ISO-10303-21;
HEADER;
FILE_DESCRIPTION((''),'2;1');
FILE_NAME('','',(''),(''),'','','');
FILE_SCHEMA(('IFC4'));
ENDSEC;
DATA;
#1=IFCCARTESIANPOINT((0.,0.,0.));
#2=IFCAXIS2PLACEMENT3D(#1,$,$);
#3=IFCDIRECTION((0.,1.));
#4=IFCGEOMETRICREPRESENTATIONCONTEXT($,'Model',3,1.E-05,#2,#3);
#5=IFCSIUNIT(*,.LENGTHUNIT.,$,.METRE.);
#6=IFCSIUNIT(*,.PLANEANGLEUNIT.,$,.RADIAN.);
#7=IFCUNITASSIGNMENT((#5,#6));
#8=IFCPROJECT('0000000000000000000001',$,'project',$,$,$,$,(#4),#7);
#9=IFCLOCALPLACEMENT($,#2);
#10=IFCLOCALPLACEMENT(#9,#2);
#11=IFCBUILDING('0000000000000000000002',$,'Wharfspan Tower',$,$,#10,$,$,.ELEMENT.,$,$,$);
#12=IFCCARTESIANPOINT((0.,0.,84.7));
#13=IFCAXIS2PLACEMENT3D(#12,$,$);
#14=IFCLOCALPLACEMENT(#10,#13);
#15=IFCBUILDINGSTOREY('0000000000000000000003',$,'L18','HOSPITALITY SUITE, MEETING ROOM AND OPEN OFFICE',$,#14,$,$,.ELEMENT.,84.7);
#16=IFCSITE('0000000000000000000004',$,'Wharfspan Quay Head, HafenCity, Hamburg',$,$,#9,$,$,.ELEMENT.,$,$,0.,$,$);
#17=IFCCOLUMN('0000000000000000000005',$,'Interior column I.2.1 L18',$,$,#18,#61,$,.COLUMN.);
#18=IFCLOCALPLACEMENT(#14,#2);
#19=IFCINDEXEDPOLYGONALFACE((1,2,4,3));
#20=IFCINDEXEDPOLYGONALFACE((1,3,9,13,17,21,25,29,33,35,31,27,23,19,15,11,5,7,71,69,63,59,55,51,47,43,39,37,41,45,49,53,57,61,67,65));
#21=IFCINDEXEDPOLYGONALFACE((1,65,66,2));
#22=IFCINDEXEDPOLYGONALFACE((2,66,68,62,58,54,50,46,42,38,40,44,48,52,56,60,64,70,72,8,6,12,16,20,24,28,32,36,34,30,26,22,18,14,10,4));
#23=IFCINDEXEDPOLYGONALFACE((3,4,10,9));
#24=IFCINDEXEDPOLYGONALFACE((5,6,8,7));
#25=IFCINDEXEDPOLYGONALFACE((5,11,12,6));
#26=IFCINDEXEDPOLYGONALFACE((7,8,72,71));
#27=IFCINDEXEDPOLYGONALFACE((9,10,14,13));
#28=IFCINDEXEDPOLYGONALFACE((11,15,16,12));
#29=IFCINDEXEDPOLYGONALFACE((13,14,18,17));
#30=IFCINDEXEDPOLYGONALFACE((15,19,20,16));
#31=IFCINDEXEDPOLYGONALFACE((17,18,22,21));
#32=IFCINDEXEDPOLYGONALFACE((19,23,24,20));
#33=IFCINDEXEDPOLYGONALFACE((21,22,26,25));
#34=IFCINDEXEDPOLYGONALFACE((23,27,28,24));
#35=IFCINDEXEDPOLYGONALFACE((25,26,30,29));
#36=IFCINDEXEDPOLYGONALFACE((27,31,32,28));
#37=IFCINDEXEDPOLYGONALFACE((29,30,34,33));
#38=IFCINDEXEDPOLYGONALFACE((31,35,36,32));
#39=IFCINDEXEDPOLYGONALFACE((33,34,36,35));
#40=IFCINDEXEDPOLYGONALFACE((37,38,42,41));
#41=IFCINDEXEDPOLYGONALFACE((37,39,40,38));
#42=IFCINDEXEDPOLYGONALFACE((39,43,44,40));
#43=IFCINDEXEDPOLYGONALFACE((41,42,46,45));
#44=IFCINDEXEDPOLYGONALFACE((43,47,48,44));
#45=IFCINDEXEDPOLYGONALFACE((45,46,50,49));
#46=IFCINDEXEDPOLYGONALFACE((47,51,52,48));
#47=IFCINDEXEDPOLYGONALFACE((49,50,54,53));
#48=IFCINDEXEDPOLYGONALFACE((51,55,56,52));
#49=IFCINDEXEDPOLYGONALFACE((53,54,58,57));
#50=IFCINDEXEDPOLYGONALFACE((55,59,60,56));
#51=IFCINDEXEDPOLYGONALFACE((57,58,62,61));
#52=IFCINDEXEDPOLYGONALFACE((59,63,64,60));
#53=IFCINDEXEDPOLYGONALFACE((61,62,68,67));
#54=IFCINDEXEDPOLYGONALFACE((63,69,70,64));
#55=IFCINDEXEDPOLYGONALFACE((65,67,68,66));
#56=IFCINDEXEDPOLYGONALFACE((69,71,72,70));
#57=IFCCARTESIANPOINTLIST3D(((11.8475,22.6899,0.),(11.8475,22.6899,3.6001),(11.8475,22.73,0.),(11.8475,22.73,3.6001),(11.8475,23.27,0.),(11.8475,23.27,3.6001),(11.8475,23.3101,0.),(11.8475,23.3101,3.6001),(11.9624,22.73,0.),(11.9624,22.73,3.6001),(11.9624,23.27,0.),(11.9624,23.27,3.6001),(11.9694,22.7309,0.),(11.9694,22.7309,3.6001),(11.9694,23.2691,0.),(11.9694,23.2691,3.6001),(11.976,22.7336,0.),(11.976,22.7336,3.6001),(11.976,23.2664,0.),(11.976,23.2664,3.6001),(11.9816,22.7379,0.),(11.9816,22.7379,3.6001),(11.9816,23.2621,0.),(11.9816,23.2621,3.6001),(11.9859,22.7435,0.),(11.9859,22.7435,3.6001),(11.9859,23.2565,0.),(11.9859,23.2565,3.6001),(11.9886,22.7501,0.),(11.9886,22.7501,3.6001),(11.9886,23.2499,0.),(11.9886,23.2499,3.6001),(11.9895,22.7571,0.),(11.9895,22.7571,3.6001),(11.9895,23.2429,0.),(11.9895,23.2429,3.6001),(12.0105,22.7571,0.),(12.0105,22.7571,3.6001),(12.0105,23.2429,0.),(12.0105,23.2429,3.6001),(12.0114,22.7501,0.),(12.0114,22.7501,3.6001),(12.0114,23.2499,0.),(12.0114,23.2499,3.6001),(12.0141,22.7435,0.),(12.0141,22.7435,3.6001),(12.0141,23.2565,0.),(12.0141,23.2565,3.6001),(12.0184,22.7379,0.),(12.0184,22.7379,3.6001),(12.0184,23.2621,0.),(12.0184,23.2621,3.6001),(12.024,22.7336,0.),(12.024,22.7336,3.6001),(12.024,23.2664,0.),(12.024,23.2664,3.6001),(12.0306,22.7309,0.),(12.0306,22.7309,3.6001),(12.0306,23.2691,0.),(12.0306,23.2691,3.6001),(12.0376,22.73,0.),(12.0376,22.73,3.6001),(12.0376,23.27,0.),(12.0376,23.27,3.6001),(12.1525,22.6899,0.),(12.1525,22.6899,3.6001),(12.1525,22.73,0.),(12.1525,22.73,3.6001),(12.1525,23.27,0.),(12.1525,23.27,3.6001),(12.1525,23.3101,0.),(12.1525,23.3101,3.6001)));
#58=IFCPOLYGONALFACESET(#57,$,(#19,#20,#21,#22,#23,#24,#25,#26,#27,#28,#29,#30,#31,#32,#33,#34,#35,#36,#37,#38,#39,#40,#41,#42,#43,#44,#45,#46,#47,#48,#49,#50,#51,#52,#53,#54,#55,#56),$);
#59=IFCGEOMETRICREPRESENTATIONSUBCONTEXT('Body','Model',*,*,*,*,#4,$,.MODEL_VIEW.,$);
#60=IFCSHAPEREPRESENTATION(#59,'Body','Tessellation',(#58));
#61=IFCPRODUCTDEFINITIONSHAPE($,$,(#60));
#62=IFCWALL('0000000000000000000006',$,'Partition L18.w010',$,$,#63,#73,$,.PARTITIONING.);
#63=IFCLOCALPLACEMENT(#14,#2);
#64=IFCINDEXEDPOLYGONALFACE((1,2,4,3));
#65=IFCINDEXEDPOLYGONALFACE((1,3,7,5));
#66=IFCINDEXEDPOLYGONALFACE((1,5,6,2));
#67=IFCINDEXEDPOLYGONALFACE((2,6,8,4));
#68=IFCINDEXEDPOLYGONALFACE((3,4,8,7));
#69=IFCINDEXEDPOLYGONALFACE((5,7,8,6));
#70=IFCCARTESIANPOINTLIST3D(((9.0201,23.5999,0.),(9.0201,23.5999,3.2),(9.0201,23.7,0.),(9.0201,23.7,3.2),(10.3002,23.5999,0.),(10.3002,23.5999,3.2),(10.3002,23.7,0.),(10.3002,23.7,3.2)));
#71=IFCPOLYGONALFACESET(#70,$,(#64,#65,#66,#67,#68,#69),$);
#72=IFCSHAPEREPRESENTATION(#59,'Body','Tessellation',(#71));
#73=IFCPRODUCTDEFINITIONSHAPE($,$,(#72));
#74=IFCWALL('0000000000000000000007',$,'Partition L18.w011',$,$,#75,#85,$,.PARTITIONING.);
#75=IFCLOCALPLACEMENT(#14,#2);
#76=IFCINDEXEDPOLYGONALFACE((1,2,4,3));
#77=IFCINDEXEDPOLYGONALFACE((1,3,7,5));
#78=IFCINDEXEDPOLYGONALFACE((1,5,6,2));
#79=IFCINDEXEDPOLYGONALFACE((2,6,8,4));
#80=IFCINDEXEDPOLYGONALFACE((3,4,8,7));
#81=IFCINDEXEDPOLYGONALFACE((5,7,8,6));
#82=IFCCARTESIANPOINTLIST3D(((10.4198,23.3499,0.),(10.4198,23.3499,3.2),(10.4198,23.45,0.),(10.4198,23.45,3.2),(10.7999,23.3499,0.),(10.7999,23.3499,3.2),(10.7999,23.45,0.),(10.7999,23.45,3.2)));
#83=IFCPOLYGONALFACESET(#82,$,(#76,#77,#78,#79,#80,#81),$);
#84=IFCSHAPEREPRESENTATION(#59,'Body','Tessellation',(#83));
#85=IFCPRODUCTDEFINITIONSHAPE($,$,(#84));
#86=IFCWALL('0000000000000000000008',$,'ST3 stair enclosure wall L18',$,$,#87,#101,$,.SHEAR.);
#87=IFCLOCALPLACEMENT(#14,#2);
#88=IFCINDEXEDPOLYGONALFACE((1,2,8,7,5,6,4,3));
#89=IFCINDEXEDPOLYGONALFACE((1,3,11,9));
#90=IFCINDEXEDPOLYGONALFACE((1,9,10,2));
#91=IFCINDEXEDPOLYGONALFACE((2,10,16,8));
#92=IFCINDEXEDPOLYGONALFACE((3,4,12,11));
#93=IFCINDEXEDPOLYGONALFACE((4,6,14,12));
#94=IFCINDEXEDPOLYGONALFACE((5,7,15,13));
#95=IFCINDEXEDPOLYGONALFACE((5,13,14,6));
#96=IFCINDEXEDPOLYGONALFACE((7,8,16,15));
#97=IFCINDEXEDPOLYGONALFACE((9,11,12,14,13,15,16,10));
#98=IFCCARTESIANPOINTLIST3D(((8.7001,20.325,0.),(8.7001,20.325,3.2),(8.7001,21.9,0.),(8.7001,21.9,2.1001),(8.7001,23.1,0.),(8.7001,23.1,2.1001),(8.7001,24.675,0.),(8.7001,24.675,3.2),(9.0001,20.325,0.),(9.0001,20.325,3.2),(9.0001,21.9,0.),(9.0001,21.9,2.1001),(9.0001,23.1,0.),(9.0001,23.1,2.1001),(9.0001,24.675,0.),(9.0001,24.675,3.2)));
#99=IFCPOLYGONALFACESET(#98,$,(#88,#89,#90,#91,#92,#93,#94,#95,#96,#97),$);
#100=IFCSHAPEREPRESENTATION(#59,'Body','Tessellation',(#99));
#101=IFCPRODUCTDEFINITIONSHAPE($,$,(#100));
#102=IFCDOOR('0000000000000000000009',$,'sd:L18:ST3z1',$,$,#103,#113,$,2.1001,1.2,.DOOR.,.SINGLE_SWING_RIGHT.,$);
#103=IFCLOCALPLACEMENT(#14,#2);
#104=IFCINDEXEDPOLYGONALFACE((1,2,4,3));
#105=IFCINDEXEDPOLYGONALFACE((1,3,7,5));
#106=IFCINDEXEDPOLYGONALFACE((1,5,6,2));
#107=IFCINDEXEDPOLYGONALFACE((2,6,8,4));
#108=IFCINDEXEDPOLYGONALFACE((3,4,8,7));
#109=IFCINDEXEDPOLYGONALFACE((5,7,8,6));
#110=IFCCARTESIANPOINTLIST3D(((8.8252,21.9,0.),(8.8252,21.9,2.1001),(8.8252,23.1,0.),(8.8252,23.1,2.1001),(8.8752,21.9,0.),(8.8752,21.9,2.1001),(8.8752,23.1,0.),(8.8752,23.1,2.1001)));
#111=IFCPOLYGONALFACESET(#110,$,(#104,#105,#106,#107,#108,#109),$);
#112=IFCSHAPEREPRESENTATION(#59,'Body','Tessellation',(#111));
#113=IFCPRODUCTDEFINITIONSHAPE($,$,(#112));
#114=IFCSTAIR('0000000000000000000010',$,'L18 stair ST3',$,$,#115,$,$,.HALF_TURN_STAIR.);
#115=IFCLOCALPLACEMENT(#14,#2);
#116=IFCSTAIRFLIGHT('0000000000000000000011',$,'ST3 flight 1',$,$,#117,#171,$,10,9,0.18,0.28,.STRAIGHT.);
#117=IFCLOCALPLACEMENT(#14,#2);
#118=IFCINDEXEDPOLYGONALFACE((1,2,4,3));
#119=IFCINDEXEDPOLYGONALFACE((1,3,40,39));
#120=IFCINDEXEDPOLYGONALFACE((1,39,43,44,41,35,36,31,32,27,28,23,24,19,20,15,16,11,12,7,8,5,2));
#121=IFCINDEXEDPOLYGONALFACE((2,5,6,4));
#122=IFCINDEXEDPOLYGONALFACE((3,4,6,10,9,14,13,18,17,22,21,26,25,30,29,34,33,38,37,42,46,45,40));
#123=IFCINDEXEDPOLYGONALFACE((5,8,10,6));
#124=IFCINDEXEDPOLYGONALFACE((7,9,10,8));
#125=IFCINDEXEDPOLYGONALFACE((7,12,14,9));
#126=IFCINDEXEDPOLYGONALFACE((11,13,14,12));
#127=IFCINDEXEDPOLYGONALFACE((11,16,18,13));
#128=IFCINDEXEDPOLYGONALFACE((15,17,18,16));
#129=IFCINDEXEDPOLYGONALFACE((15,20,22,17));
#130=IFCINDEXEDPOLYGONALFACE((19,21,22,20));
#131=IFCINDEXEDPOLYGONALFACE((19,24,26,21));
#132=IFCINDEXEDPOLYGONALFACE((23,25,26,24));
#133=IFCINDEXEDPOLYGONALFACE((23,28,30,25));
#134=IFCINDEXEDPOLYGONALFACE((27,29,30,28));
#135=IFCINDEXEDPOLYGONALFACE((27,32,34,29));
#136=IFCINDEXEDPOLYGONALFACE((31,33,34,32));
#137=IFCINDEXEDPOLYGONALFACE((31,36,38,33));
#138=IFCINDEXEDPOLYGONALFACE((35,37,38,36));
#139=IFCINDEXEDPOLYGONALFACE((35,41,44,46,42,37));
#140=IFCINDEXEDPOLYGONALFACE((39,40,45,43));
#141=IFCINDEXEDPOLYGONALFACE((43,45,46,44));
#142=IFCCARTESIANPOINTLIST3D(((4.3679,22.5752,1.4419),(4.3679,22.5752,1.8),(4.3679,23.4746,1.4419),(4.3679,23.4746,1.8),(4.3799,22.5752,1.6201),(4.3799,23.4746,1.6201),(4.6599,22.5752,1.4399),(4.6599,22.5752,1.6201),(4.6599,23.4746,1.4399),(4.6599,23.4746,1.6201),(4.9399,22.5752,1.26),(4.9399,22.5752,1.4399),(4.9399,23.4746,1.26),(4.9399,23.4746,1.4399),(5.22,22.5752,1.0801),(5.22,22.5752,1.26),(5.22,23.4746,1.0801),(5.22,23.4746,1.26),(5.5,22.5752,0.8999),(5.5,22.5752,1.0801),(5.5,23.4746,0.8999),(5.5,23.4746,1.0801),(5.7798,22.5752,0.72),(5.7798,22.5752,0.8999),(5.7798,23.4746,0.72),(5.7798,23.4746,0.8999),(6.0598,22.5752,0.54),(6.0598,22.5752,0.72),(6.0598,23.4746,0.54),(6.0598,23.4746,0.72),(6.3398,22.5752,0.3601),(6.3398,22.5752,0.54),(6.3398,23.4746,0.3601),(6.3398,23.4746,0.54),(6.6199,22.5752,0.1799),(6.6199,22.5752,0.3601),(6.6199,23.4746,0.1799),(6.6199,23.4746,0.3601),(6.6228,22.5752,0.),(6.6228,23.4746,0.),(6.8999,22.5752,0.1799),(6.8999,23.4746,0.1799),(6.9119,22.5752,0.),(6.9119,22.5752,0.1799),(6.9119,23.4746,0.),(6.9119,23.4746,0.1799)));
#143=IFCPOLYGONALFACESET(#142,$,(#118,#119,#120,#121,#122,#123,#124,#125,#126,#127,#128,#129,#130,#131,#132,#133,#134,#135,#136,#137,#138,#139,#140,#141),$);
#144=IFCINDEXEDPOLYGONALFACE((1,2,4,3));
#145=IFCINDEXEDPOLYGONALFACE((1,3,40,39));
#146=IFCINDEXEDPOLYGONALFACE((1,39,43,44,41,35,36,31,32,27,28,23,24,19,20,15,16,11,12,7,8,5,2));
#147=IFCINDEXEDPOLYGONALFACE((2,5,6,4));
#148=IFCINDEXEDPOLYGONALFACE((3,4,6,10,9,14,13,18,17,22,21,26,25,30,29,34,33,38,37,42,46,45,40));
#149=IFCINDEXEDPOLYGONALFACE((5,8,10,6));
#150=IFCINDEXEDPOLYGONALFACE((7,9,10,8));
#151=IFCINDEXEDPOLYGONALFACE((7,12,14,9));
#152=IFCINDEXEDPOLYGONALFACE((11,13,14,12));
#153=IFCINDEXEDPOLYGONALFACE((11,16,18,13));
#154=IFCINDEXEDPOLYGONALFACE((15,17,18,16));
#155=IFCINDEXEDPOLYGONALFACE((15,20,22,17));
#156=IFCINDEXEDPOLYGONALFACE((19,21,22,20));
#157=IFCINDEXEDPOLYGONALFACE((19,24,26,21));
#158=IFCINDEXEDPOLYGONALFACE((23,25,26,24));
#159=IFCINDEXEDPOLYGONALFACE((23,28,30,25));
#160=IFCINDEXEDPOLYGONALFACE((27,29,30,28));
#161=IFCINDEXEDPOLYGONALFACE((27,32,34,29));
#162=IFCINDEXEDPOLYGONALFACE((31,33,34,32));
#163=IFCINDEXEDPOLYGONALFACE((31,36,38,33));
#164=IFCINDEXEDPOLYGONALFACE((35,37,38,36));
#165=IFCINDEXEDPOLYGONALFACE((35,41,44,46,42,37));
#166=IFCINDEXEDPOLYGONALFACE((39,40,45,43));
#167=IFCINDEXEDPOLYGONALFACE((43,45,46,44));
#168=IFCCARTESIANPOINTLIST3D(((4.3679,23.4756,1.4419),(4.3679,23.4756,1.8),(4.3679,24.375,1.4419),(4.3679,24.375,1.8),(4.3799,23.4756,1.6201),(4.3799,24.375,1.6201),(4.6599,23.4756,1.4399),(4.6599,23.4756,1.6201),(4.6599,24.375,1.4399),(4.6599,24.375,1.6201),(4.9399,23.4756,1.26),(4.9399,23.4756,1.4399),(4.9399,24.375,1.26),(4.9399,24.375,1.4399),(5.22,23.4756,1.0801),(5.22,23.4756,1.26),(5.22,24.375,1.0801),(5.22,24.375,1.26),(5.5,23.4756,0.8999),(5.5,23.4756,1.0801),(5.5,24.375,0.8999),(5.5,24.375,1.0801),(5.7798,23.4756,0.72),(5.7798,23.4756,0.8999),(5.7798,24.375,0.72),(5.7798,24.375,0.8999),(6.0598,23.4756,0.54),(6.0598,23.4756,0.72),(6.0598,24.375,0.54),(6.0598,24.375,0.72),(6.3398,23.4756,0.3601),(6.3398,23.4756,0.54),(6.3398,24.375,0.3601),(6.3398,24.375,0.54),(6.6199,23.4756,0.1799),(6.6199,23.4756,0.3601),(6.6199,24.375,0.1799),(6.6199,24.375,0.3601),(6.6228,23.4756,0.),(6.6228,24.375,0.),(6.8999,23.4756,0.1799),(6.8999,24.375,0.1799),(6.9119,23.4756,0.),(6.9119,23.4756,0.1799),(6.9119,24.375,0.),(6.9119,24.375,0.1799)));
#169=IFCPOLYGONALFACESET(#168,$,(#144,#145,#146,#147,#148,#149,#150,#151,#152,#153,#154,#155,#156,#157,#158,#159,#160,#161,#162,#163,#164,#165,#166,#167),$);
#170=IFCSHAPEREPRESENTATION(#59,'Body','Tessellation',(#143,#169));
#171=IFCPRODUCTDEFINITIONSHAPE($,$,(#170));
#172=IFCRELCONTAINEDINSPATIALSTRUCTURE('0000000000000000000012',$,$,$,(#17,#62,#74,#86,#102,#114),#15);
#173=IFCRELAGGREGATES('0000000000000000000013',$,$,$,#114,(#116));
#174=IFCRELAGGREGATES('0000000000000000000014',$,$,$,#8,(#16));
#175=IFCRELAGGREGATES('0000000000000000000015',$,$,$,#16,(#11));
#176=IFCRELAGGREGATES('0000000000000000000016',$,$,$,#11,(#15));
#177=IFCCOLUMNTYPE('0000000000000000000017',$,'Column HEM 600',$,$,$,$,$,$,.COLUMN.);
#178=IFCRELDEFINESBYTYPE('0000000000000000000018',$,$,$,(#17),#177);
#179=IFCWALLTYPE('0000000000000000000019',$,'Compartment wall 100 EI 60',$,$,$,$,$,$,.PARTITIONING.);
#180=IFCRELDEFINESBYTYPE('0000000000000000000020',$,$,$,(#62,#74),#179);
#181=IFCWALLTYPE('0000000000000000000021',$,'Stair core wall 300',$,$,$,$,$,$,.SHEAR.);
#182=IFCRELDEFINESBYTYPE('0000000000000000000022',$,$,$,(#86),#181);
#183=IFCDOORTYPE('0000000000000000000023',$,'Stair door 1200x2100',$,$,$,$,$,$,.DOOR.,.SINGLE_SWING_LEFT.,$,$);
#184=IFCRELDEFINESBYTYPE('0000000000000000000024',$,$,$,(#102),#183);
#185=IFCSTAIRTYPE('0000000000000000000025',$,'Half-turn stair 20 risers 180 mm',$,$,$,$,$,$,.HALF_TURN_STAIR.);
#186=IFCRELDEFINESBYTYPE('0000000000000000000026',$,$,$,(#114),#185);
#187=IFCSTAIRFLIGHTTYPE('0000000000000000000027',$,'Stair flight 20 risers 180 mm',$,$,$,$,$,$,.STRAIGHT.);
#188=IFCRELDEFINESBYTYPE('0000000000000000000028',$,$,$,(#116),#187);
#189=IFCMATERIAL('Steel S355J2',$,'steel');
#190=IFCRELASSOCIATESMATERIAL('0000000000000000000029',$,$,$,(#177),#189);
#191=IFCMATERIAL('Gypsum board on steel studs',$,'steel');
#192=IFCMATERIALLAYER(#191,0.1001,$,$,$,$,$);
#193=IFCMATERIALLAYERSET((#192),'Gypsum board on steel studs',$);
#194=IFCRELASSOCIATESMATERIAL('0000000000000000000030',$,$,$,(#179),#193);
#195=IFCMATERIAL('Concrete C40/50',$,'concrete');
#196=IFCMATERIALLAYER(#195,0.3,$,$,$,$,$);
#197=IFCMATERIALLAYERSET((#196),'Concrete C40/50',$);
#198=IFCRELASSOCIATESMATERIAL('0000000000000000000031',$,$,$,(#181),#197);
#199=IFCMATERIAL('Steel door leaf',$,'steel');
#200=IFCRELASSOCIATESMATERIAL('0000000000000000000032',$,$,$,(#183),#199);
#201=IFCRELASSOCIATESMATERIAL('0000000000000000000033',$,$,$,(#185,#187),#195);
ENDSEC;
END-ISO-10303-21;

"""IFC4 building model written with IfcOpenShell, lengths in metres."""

from ifc_helpers import new_model, si_unit, direction, frame, frame_2d, origin, origin_2d, place, context, subcontext, project, spatial, polyline, rectangle, i_section, outline, extrude, material, layer, layer_set, material_profile, profile_set, type_object, element, fill, aggregate, save


model = new_model("IFC4")

# Units and contexts
model_context = context("Model", 3, precision=1e-05, world=origin(), true_north=direction((0.0, 1.0)))
body_context = subcontext(model_context, "Body", "Model", "MODEL_VIEW")
ifc_project = project(units=[si_unit("LENGTHUNIT", "METRE"), si_unit("PLANEANGLEUNIT", "RADIAN")], contexts=[model_context])

# Site, building, storey
site_placement = place(None, origin())
site = spatial("IfcSite", under=ifc_project, at=site_placement, Name="Wharfspan Quay Head, HafenCity, Hamburg", CompositionType="ELEMENT", RefElevation=0.0)
building_placement = place(site_placement, origin())
building = spatial("IfcBuilding", under=site, at=building_placement, Name="Wharfspan Tower", CompositionType="ELEMENT")
storey_placement = place(building_placement, frame((0.0, 0.0, 84.7)))
storey = spatial("IfcBuildingStorey", under=building, at=storey_placement, Name="L18", Description="HOSPITALITY SUITE, MEETING ROOM AND OPEN OFFICE", CompositionType="ELEMENT", Elevation=84.7)

# Column
ifc_material_1 = material(Name="Steel S355J2", Category="steel")
ifc_material_profile = material_profile(ifc_material_1, i_section(OverallWidth=0.3049, OverallDepth=0.6201, WebThickness=0.021, FlangeThickness=0.04, FilletRadius=0.0271, at=origin_2d()))
ifc_profile_set = profile_set([ifc_material_profile], Name="Steel S355J2")
column_type = type_object("IfcColumnType", Name="Column HEM 600", PredefinedType="COLUMN", material=ifc_profile_set)
column_placement = place(storey_placement, frame((12.0, 23.0, 0.0), z_axis=(0.0, 0.0, 1.0), x_axis=(1.0, 0.0, 0.0)))
element("IfcColumn", 1, at=column_placement, inside=storey, type_object=column_type, Name="Interior column I.2.1 L18", PredefinedType="COLUMN", context=body_context, shape_type="SweptSolid", body=[
    extrude(i_section(OverallWidth=0.3049, OverallDepth=0.6201, WebThickness=0.021, FlangeThickness=0.04, FilletRadius=0.0271, at=origin_2d()), origin(), (0.0, 0.0, 1.0), 3.6001),
])

# Walls
ifc_material_2 = material(Name="Gypsum board on steel studs", Category="steel")
ifc_layer_1 = layer(ifc_material_2, 0.1001)
ifc_layer_set_1 = layer_set([ifc_layer_1], Name="Gypsum board on steel studs")
wall_type_1 = type_object("IfcWallType", Name="Compartment wall 100 EI 60", PredefinedType="PARTITIONING", material=ifc_layer_set_1)
wall_1_placement = place(storey_placement, frame((9.02, 23.6499, 0.0), z_axis=(0.0, 0.0, 1.0), x_axis=(1.0, 0.0, 0.0)))
element("IfcWall", 2, at=wall_1_placement, inside=storey, type_object=wall_type_1, Name="Partition L18.w010", PredefinedType="PARTITIONING", context=body_context, shape_type="SweptSolid", body=[
    extrude(rectangle(XDim=1.28, YDim=0.1001, at=frame_2d((0.6401, 0.0))), origin(), (0.0, 0.0, 1.0), 3.2),
])
wall_2_placement = place(storey_placement, frame((10.4199, 23.3999, 0.0), z_axis=(0.0, 0.0, 1.0), x_axis=(1.0, 0.0, 0.0)))
element("IfcWall", 3, at=wall_2_placement, inside=storey, type_object=wall_type_1, Name="Partition L18.w011", PredefinedType="PARTITIONING", context=body_context, shape_type="SweptSolid", body=[
    extrude(rectangle(XDim=0.3801, YDim=0.1001, at=frame_2d((0.1899, 0.0))), origin(), (0.0, 0.0, 1.0), 3.2),
])

# Wall, opening, door
ifc_material_3 = material(Name="Concrete C40/50", Category="concrete")
ifc_layer_2 = layer(ifc_material_3, 0.3)
ifc_layer_set_2 = layer_set([ifc_layer_2], Name="Concrete C40/50")
wall_type_2 = type_object("IfcWallType", Name="Stair core wall 300", PredefinedType="SHEAR", material=ifc_layer_set_2)
wall_3_placement = place(storey_placement, frame((8.8501, 20.325, 0.0), z_axis=(0.0, 0.0, 1.0), x_axis=(0.0, 1.0, 0.0)))
wall_3 = element("IfcWall", 4, at=wall_3_placement, inside=storey, type_object=wall_type_2, Name="ST3 stair enclosure wall L18", PredefinedType="SHEAR", context=body_context, shape_type="SweptSolid", body=[
    extrude(rectangle(XDim=4.3501, YDim=0.3, at=frame_2d((2.175, 0.0))), origin(), (0.0, 0.0, 1.0), 3.2),
])
opening_placement = place(wall_3_placement, frame((1.575, 0.0, 0.0)))
opening = element("IfcOpeningElement", 5, at=opening_placement, cuts=wall_3, PredefinedType="OPENING", context=body_context, shape_type="SweptSolid", body=[
    extrude(rectangle(XDim=1.2, YDim=2.1001, at=frame_2d((0.6001, 1.05))), frame((0.0, 0.1599, 0.0), z_axis=(0.0, -1.0, 0.0), x_axis=(1.0, 0.0, 0.0)), (0.0, 0.0, 1.0), 0.3201),
])
ifc_material_4 = material(Name="Steel door leaf", Category="steel")
door_type = type_object("IfcDoorType", Name="Stair door 1200x2100", OperationType="SINGLE_SWING_LEFT", PredefinedType="DOOR", material=ifc_material_4)
door_placement = place(opening_placement, origin())
door = element("IfcDoor", 6, at=door_placement, inside=storey, type_object=door_type, Name="sd:L18:ST3z1", OperationType="SINGLE_SWING_RIGHT", OverallHeight=2.1001, OverallWidth=1.2, PredefinedType="DOOR", context=body_context, shape_type="SweptSolid", body=[
    extrude(rectangle(XDim=1.2, YDim=2.1001, at=frame_2d((0.6001, 1.05))), frame((0.0, 0.0249, 0.0), z_axis=(0.0, -1.0, 0.0), x_axis=(1.0, 0.0, 0.0)), (0.0, 0.0, 1.0), 0.05),
])
fill(opening, door)

# Stair, stair flight
stair_type = type_object("IfcStairType", Name="Half-turn stair 20 risers 180 mm", PredefinedType="HALF_TURN_STAIR", material=ifc_material_3)
stair_placement = place(storey_placement, origin())
stair = element("IfcStair", 7, at=stair_placement, inside=storey, type_object=stair_type, Name="L18 stair ST3", PredefinedType="HALF_TURN_STAIR")
stair_flight_type = type_object("IfcStairFlightType", Name="Stair flight 20 risers 180 mm", PredefinedType="STRAIGHT", material=ifc_material_3)
stair_flight_placement = place(storey_placement, frame((6.8999, 23.4751, 0.0), z_axis=(0.0, 0.0, 1.0), x_axis=(-1.0, 0.0, 0.0)))
stair_flight = element("IfcStairFlight", 8, at=stair_flight_placement, type_object=stair_flight_type, Name="ST3 flight 1", NumberOfRisers=10, NumberOfTreads=9, PredefinedType="STRAIGHT", RiserHeight=0.18, TreadLength=0.28, context=body_context, shape_type="SweptSolid", body=[
    extrude(outline(polyline([(-0.012, 0.0), (-0.012, 0.1799), (0.0, 0.1799), (0.28, 0.1799), (0.28, 0.3601), (0.5601, 0.3601), (0.5601, 0.54), (0.8401, 0.54), (0.8401, 0.72), (1.1201, 0.72), (1.1201, 0.8999), (1.3999, 0.8999), (1.3999, 1.0801), (1.6799, 1.0801), (1.6799, 1.26), (1.96, 1.26), (1.96, 1.4399), (2.24, 1.4399), (2.24, 1.6201), (2.52, 1.6201), (2.532, 1.8), (2.532, 1.4419), (0.2771, 0.0), (-0.012, 0.0)])), frame((0.0, 0.8999, 0.0), z_axis=(0.0, -1.0, 0.0), x_axis=(1.0, 0.0, 0.0)), (0.0, 0.0, 1.0), 0.8994),
    extrude(outline(polyline([(-0.012, 0.0), (-0.012, 0.1799), (0.0, 0.1799), (0.28, 0.1799), (0.28, 0.3601), (0.5601, 0.3601), (0.5601, 0.54), (0.8401, 0.54), (0.8401, 0.72), (1.1201, 0.72), (1.1201, 0.8999), (1.3999, 0.8999), (1.3999, 1.0801), (1.6799, 1.0801), (1.6799, 1.26), (1.96, 1.26), (1.96, 1.4399), (2.24, 1.4399), (2.24, 1.6201), (2.52, 1.6201), (2.532, 1.8), (2.532, 1.4419), (0.2771, 0.0), (-0.012, 0.0)])), frame((0.0, -0.0005, 0.0), z_axis=(0.0, -1.0, 0.0), x_axis=(1.0, 0.0, 0.0)), (0.0, 0.0, 1.0), 0.8994),
])
aggregate(stair, [stair_flight])

save(model, "model.ifc")
